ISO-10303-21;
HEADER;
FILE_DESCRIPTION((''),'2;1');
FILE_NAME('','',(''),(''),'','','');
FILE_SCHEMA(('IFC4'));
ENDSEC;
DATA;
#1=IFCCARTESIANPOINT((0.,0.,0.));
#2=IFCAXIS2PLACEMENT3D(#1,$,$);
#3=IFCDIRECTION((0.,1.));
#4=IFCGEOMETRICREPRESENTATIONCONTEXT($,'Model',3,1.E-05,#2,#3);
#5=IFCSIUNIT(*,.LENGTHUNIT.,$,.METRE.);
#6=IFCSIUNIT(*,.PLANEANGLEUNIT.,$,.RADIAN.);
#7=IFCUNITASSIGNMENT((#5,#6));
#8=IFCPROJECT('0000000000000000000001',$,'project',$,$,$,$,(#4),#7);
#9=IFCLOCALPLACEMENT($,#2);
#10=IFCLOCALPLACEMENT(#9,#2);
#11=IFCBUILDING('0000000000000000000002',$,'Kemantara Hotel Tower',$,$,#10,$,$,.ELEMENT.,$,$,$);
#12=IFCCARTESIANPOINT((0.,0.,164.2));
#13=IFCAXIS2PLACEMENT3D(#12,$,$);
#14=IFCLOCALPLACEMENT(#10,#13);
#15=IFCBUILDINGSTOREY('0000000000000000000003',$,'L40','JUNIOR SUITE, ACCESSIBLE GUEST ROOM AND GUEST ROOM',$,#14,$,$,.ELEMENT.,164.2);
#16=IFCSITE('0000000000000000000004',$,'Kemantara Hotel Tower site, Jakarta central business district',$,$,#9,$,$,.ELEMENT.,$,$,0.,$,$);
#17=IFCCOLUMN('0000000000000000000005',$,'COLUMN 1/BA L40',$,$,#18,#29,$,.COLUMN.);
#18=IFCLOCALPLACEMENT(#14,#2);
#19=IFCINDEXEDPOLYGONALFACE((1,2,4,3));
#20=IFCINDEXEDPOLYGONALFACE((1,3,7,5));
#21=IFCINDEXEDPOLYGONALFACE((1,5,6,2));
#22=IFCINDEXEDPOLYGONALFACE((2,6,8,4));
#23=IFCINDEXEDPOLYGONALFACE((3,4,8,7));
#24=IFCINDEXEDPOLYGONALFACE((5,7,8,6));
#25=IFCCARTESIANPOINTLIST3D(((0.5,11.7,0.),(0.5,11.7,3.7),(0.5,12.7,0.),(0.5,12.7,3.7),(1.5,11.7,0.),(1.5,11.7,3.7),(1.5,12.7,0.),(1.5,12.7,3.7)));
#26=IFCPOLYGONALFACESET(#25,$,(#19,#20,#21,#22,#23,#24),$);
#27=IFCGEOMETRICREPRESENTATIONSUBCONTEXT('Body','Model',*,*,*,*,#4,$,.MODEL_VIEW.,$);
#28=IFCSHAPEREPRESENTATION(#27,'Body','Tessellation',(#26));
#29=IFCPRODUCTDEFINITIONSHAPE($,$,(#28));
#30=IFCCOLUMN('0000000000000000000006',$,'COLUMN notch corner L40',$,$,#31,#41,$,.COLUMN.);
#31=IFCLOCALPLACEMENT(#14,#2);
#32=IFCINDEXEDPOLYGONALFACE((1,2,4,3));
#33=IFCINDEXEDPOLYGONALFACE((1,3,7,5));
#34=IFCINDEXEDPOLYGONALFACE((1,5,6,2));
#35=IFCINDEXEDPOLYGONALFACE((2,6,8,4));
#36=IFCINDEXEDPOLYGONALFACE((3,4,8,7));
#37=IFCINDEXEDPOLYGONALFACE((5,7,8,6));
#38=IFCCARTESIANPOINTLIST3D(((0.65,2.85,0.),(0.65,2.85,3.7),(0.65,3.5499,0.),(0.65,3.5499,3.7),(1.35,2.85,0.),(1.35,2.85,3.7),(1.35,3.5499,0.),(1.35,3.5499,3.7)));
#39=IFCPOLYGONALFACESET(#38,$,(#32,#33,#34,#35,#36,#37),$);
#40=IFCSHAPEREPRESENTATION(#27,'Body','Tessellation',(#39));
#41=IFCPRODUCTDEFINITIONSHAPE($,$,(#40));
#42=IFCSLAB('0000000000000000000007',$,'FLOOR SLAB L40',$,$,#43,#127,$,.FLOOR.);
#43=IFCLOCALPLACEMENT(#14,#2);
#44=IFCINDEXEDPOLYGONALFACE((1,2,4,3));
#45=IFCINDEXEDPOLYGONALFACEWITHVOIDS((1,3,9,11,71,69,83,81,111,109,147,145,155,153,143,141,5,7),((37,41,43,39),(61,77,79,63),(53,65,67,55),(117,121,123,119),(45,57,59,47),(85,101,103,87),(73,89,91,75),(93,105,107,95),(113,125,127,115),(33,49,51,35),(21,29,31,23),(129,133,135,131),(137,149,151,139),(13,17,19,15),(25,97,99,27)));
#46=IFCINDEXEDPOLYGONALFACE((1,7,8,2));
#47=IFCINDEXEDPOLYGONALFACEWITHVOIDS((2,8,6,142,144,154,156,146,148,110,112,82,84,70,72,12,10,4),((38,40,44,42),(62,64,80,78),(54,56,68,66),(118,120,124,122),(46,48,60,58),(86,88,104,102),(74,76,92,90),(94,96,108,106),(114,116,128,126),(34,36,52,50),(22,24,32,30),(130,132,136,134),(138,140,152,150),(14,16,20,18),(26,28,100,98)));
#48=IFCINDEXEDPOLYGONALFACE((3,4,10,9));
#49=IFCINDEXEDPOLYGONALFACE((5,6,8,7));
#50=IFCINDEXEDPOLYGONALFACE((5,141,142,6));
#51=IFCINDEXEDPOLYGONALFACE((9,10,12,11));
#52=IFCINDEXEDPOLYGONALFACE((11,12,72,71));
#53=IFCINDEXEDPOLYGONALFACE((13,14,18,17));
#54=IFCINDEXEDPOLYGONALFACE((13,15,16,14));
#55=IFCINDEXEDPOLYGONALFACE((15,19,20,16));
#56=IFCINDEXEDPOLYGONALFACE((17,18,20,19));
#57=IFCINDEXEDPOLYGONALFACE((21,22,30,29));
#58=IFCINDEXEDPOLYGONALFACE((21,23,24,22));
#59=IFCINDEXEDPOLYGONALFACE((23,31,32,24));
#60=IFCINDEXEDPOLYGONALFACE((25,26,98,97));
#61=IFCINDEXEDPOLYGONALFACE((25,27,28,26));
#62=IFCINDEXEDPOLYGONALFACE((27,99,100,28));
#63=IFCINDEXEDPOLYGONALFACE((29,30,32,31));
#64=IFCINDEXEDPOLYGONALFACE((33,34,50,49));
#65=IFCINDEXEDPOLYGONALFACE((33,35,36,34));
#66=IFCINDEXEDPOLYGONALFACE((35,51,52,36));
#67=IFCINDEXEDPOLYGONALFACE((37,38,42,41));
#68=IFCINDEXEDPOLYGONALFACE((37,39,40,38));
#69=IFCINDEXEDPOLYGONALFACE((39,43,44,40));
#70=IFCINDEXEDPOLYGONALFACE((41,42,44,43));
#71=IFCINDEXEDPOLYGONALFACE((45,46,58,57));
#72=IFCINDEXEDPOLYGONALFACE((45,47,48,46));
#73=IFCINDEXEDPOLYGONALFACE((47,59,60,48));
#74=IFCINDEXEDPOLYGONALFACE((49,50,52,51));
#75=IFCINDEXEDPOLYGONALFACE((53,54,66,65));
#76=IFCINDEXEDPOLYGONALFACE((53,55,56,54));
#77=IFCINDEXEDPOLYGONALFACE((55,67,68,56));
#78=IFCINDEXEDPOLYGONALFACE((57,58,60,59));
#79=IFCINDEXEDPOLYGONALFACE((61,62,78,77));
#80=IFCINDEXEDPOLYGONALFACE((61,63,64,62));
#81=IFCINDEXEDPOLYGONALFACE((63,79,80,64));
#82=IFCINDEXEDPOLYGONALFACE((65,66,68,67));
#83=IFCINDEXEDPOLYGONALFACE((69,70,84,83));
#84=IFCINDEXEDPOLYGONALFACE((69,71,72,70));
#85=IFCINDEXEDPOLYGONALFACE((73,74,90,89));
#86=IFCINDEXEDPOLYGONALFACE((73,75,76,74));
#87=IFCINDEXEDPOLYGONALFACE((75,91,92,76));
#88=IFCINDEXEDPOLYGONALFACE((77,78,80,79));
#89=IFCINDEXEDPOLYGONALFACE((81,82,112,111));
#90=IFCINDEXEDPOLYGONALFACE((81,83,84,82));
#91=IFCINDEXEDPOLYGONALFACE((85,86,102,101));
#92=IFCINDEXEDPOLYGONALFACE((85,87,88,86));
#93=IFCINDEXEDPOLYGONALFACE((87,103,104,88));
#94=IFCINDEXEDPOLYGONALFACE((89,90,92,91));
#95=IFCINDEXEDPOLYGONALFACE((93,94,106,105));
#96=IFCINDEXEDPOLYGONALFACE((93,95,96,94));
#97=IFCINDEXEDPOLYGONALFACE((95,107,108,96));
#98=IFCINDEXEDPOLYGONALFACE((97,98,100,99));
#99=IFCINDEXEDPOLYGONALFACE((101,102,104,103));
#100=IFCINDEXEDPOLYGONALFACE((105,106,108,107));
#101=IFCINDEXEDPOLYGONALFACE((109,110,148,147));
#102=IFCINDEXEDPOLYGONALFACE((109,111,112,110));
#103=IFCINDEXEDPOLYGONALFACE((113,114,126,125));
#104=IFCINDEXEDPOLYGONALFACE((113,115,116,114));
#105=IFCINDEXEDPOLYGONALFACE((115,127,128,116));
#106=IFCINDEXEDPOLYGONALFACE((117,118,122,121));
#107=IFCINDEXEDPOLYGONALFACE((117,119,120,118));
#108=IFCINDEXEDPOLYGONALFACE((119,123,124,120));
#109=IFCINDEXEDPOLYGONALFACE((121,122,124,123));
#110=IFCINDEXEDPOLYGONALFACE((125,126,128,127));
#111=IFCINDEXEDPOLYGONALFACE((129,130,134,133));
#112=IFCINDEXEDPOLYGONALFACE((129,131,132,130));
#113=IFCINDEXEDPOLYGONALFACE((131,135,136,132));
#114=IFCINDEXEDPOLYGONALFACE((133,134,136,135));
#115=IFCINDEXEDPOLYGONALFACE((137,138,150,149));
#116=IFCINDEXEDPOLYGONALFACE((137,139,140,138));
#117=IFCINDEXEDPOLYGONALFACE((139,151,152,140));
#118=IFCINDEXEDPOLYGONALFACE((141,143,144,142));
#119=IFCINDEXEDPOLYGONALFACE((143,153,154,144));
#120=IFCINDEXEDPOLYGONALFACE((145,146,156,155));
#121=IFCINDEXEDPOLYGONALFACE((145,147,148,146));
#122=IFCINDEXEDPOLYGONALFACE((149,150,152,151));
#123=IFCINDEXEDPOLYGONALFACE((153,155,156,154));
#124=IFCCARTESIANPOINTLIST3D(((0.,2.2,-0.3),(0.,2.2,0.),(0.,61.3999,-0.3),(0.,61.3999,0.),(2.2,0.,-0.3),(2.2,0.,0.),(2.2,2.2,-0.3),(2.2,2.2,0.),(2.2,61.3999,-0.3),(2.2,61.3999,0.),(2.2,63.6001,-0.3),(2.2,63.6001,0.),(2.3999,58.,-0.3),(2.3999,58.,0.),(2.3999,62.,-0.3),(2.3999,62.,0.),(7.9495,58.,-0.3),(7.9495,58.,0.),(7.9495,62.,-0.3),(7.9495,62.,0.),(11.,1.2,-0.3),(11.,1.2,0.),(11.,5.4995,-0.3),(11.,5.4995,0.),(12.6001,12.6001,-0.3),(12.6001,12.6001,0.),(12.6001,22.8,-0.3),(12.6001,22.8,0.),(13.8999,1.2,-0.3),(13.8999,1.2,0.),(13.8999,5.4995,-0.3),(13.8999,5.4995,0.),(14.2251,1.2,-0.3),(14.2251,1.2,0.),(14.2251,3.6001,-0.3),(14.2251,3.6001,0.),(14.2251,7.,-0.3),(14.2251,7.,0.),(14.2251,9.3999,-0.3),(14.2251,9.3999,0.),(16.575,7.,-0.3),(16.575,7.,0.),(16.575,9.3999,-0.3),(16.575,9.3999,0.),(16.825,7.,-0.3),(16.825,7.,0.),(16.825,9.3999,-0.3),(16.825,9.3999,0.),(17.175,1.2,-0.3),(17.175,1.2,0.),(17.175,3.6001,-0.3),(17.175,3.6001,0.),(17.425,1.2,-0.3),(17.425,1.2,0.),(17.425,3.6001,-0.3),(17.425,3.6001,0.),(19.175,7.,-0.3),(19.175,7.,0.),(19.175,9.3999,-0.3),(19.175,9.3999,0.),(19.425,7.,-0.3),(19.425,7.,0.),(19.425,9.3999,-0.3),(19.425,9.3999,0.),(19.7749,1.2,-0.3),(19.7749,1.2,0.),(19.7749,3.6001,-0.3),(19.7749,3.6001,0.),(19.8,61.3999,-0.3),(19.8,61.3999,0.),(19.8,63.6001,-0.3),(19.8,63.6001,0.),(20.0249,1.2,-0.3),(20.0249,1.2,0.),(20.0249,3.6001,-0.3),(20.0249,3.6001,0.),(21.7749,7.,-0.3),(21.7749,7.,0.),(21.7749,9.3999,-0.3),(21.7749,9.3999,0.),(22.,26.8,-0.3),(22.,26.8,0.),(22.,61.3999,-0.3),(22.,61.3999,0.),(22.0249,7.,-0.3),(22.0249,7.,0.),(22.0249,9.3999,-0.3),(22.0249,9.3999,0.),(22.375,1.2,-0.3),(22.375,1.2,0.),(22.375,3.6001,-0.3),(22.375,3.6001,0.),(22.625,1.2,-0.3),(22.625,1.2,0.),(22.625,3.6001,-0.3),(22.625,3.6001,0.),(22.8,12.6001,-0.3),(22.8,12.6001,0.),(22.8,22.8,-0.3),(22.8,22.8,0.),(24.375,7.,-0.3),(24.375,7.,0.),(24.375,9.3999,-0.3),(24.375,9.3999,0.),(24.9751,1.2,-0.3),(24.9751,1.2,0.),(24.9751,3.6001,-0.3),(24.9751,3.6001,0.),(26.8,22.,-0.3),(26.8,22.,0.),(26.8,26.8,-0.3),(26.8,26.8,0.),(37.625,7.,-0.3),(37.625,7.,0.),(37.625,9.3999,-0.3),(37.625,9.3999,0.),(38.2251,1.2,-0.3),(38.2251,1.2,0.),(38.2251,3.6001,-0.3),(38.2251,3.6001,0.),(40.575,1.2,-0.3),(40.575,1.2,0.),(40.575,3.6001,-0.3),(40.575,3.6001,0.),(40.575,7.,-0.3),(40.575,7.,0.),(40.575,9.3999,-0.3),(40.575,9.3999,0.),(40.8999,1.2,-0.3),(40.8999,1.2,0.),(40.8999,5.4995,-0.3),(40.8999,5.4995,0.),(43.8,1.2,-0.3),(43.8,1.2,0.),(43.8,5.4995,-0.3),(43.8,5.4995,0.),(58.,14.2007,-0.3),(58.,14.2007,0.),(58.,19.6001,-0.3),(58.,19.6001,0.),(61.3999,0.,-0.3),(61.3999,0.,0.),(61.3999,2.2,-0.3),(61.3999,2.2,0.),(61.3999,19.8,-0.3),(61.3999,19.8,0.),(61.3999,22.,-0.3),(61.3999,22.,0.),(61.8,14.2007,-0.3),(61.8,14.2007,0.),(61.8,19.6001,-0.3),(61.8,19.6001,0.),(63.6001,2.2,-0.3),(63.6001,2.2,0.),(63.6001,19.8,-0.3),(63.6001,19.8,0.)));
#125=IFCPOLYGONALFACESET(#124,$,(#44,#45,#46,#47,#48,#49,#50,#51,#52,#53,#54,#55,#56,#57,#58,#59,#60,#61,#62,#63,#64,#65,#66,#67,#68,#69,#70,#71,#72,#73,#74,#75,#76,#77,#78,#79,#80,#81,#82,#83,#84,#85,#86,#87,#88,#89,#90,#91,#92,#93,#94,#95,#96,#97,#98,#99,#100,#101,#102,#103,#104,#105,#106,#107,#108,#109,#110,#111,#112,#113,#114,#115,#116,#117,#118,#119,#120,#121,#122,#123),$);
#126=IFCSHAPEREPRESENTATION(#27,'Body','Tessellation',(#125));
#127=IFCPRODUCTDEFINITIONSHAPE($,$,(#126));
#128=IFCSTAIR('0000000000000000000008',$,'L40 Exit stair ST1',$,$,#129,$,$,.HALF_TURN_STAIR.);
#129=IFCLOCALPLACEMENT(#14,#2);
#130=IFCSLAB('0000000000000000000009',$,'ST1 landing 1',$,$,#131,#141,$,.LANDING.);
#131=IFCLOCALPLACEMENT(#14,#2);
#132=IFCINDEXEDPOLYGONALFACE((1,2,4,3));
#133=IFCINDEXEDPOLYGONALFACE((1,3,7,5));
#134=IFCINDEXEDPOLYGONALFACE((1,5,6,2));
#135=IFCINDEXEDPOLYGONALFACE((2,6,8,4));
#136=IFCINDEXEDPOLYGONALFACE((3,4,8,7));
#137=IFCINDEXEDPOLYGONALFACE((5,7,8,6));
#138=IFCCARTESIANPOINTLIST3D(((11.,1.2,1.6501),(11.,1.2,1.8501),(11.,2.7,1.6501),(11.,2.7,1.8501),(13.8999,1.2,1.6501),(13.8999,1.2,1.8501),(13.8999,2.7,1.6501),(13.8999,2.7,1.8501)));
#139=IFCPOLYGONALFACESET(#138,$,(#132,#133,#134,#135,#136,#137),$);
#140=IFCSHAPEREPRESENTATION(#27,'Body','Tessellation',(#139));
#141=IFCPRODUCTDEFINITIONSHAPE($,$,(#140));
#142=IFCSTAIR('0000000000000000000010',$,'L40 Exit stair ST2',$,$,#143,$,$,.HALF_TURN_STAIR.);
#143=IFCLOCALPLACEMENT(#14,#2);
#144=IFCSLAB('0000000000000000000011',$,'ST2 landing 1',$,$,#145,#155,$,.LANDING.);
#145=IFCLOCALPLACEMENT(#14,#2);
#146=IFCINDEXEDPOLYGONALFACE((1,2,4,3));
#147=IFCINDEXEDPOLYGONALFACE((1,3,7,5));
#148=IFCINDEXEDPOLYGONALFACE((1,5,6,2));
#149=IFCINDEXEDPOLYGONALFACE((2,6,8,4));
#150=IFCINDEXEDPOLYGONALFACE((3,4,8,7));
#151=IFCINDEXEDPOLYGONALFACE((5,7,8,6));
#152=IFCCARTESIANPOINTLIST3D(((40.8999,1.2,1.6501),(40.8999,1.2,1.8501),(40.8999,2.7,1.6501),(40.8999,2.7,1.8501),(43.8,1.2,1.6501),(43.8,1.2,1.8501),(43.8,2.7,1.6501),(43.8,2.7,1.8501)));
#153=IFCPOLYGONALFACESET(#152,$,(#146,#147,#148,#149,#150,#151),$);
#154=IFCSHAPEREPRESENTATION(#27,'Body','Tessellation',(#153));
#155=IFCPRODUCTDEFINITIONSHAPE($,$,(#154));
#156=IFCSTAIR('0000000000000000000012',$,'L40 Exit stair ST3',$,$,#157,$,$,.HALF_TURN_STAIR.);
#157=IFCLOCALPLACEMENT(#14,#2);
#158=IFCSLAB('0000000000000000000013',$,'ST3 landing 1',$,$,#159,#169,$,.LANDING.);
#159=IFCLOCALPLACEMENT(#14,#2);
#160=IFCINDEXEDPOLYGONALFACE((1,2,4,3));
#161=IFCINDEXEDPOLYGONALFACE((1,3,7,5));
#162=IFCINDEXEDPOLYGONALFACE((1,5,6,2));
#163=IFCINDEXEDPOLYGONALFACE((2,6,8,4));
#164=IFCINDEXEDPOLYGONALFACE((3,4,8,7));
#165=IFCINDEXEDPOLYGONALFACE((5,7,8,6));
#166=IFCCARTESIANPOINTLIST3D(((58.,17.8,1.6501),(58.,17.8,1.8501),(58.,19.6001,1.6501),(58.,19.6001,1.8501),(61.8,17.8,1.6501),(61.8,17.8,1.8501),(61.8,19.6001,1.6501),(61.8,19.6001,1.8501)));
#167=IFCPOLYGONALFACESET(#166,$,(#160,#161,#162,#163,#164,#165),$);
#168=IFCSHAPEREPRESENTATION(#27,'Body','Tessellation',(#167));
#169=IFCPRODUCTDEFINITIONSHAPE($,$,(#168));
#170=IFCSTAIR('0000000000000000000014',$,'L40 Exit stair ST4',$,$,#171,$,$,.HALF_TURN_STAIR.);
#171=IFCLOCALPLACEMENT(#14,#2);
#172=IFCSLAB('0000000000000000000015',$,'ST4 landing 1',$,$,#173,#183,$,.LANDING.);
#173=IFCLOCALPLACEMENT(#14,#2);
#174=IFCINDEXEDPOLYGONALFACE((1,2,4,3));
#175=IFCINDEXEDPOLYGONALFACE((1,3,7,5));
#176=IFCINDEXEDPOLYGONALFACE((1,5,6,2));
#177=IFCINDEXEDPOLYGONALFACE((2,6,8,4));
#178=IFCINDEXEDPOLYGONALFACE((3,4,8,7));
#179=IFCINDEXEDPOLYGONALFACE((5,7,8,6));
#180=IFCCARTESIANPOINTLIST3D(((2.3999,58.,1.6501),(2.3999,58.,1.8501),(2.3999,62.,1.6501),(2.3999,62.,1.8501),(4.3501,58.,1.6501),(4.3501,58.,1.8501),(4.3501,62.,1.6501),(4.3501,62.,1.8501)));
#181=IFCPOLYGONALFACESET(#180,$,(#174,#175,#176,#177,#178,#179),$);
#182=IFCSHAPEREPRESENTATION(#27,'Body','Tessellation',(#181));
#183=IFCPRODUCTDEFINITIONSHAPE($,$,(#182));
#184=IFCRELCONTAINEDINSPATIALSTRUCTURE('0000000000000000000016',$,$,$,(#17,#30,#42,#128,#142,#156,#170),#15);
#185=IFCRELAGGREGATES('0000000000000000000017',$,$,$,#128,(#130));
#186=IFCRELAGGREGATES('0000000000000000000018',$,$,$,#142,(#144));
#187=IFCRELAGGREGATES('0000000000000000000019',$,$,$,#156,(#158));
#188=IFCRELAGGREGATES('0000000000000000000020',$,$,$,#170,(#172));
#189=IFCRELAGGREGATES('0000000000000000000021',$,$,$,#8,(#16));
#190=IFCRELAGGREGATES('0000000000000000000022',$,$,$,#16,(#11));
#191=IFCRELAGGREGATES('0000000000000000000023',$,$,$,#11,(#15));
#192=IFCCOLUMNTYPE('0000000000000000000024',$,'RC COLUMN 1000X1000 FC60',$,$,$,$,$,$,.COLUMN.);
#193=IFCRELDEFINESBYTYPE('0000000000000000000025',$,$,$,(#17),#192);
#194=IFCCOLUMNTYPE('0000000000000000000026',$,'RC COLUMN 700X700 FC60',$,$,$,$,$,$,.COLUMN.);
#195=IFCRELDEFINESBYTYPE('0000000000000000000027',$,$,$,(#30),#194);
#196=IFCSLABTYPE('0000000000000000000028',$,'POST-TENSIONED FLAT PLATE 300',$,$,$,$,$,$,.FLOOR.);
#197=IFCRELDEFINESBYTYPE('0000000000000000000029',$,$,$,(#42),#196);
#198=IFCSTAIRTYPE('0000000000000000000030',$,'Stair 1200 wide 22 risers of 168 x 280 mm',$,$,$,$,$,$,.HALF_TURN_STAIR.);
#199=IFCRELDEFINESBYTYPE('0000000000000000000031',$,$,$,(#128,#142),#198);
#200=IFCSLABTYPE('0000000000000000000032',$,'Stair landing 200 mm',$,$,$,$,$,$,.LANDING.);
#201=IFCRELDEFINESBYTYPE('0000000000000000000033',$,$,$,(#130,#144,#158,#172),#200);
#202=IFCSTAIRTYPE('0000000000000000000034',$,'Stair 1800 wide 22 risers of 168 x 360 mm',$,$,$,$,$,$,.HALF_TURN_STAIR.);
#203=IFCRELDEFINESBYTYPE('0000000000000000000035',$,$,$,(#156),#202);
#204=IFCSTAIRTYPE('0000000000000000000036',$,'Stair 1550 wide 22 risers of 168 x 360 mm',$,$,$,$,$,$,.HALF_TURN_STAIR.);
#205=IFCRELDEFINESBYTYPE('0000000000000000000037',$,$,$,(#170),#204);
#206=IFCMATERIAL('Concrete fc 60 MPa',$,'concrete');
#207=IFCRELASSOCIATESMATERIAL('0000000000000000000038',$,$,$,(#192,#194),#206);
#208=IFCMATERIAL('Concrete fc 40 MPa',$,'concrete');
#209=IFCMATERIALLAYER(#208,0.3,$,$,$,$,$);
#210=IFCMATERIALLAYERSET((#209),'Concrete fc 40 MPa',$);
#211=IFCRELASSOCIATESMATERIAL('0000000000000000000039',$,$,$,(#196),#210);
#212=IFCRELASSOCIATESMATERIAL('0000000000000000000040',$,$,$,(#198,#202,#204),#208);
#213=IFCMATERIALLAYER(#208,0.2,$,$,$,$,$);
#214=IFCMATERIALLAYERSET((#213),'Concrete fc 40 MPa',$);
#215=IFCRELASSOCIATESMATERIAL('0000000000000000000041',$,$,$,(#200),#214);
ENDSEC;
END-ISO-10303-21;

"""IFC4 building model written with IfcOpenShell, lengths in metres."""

from ifc_helpers import new_model, si_unit, direction, frame, origin, origin_2d, place, context, subcontext, project, spatial, polyline, rectangle, outline, extrude, material, layer, layer_set, material_profile, profile_set, type_object, element, aggregate, save


model = new_model("IFC4")

# Units and contexts
model_context = context("Model", 3, precision=1e-05, world=origin(), true_north=direction((0.0, 1.0)))
body_context = subcontext(model_context, "Body", "Model", "MODEL_VIEW")
ifc_project = project(units=[si_unit("LENGTHUNIT", "METRE"), si_unit("PLANEANGLEUNIT", "RADIAN")], contexts=[model_context])

# Site, building, storey
site_placement = place(None, origin())
site = spatial("IfcSite", under=ifc_project, at=site_placement, Name="Kemantara Hotel Tower site, Jakarta central business district", CompositionType="ELEMENT", RefElevation=0.0)
building_placement = place(site_placement, origin())
building = spatial("IfcBuilding", under=site, at=building_placement, Name="Kemantara Hotel Tower", CompositionType="ELEMENT")
storey_placement = place(building_placement, frame((0.0, 0.0, 164.2)))
storey = spatial("IfcBuildingStorey", under=building, at=storey_placement, Name="L40", Description="JUNIOR SUITE, ACCESSIBLE GUEST ROOM AND GUEST ROOM", CompositionType="ELEMENT", Elevation=164.2)

# Columns
ifc_material_1 = material(Name="Concrete fc 60 MPa", Category="concrete")
ifc_material_profile_1 = material_profile(ifc_material_1, rectangle(XDim=1.0, YDim=1.0, at=origin_2d()), Name="RC 1000X1000")
ifc_profile_set_1 = profile_set([ifc_material_profile_1], Name="Concrete fc 60 MPa")
column_type_1 = type_object("IfcColumnType", Name="RC COLUMN 1000X1000 FC60", PredefinedType="COLUMN", material=ifc_profile_set_1)
column_1_placement = place(storey_placement, frame((1.0, 12.2, 0.0), z_axis=(0.0, 0.0, 1.0), x_axis=(1.0, 0.0, 0.0)))
element("IfcColumn", 1, at=column_1_placement, inside=storey, type_object=column_type_1, Name="COLUMN 1/BA L40", PredefinedType="COLUMN", context=body_context, shape_type="SweptSolid", body=[
    extrude(rectangle(XDim=1.0, YDim=1.0, at=origin_2d()), origin(), (0.0, 0.0, 1.0), 3.7),
])
ifc_material_profile_2 = material_profile(ifc_material_1, rectangle(XDim=0.7, YDim=0.7, at=origin_2d()), Name="RC 700X700")
ifc_profile_set_2 = profile_set([ifc_material_profile_2], Name="Concrete fc 60 MPa")
column_type_2 = type_object("IfcColumnType", Name="RC COLUMN 700X700 FC60", PredefinedType="COLUMN", material=ifc_profile_set_2)
column_2_placement = place(storey_placement, frame((1.0, 3.2, 0.0), z_axis=(0.0, 0.0, 1.0), x_axis=(1.0, 0.0, 0.0)))
element("IfcColumn", 2, at=column_2_placement, inside=storey, type_object=column_type_2, Name="COLUMN notch corner L40", PredefinedType="COLUMN", context=body_context, shape_type="SweptSolid", body=[
    extrude(rectangle(XDim=0.7, YDim=0.7, at=origin_2d()), origin(), (0.0, 0.0, 1.0), 3.7),
])

# Slab
ifc_material_2 = material(Name="Concrete fc 40 MPa", Category="concrete")
ifc_layer_1 = layer(ifc_material_2, 0.3)
ifc_layer_set_1 = layer_set([ifc_layer_1], Name="Concrete fc 40 MPa")
slab_type_1 = type_object("IfcSlabType", Name="POST-TENSIONED FLAT PLATE 300", PredefinedType="FLOOR", material=ifc_layer_set_1)
slab_1_placement = place(storey_placement, frame((0.0, 0.0, -0.3)))
element("IfcSlab", 3, at=slab_1_placement, inside=storey, type_object=slab_type_1, Name="FLOOR SLAB L40", PredefinedType="FLOOR", context=body_context, shape_type="SweptSolid", body=[
    extrude(outline(polyline([(22.0, 26.8), (22.0, 61.3999), (19.8, 61.3999), (19.8, 63.6001), (2.2, 63.6001), (2.2, 61.3999), (0.0, 61.3999), (0.0, 2.2), (2.2, 2.2), (2.2, 0.0), (61.3999, 0.0), (61.3999, 2.2), (63.6001, 2.2), (63.6001, 19.8), (61.3999, 19.8), (61.3999, 22.0), (26.8, 22.0), (26.8, 26.8), (22.0, 26.8)]), holes=[polyline([(17.175, 3.6001), (17.175, 1.2), (14.2251, 1.2), (14.2251, 3.6001), (17.175, 3.6001)]), polyline([(19.7749, 1.2), (17.425, 1.2), (17.425, 3.6001), (19.7749, 3.6001), (19.7749, 1.2)]), polyline([(11.0, 1.2), (11.0, 5.4995), (13.8999, 5.4995), (13.8999, 1.2), (11.0, 1.2)]), polyline([(16.575, 7.0), (14.2251, 7.0), (14.2251, 9.3999), (16.575, 9.3999), (16.575, 7.0)]), polyline([(19.175, 7.0), (16.825, 7.0), (16.825, 9.3999), (19.175, 9.3999), (19.175, 7.0)]), polyline([(21.7749, 7.0), (19.425, 7.0), (19.425, 9.3999), (21.7749, 9.3999), (21.7749, 7.0)]), polyline([(22.8, 12.6001), (12.6001, 12.6001), (12.6001, 22.8), (22.8, 22.8), (22.8, 12.6001)]), polyline([(2.3999, 62.0), (7.9495, 62.0), (7.9495, 58.0), (2.3999, 58.0), (2.3999, 62.0)]), polyline([(22.375, 1.2), (20.0249, 1.2), (20.0249, 3.6001), (22.375, 3.6001), (22.375, 1.2)]), polyline([(24.9751, 1.2), (22.625, 1.2), (22.625, 3.6001), (24.9751, 3.6001), (24.9751, 1.2)]), polyline([(40.575, 1.2), (38.2251, 1.2), (38.2251, 3.6001), (40.575, 3.6001), (40.575, 1.2)]), polyline([(40.8999, 1.2), (40.8999, 5.4995), (43.8, 5.4995), (43.8, 1.2), (40.8999, 1.2)]), polyline([(24.375, 7.0), (22.0249, 7.0), (22.0249, 9.3999), (24.375, 9.3999), (24.375, 7.0)]), polyline([(40.575, 7.0), (37.625, 7.0), (37.625, 9.3999), (40.575, 9.3999), (40.575, 7.0)]), polyline([(61.8, 19.6001), (61.8, 14.2007), (58.0, 14.2007), (58.0, 19.6001), (61.8, 19.6001)])]), origin(), (0.0, 0.0, 1.0), 0.3),
])

# Stairs, slabs
stair_type_1 = type_object("IfcStairType", Name="Stair 1200 wide 22 risers of 168 x 280 mm", PredefinedType="HALF_TURN_STAIR", material=ifc_material_2)
stair_1_placement = place(storey_placement, origin())
stair_1 = element("IfcStair", 4, at=stair_1_placement, inside=storey, type_object=stair_type_1, Name="L40 Exit stair ST1", PredefinedType="HALF_TURN_STAIR")
ifc_layer_2 = layer(ifc_material_2, 0.2)
ifc_layer_set_2 = layer_set([ifc_layer_2], Name="Concrete fc 40 MPa")
slab_type_2 = type_object("IfcSlabType", Name="Stair landing 200 mm", PredefinedType="LANDING", material=ifc_layer_set_2)
slab_2_placement = place(storey_placement, frame((0.0, 0.0, 1.6501)))
slab_2 = element("IfcSlab", 5, at=slab_2_placement, type_object=slab_type_2, Name="ST1 landing 1", PredefinedType="LANDING", context=body_context, shape_type="SweptSolid", body=[
    extrude(outline(polyline([(11.0, 2.7), (11.0, 1.2), (13.8999, 1.2), (13.8999, 2.7), (11.0, 2.7)])), origin(), (0.0, 0.0, 1.0), 0.2),
])
aggregate(stair_1, [slab_2])
stair_2_placement = place(storey_placement, origin())
stair_2 = element("IfcStair", 6, at=stair_2_placement, inside=storey, type_object=stair_type_1, Name="L40 Exit stair ST2", PredefinedType="HALF_TURN_STAIR")
slab_3_placement = place(storey_placement, frame((0.0, 0.0, 1.6501)))
slab_3 = element("IfcSlab", 7, at=slab_3_placement, type_object=slab_type_2, Name="ST2 landing 1", PredefinedType="LANDING", context=body_context, shape_type="SweptSolid", body=[
    extrude(outline(polyline([(40.8999, 2.7), (40.8999, 1.2), (43.8, 1.2), (43.8, 2.7), (40.8999, 2.7)])), origin(), (0.0, 0.0, 1.0), 0.2),
])
aggregate(stair_2, [slab_3])
stair_type_2 = type_object("IfcStairType", Name="Stair 1800 wide 22 risers of 168 x 360 mm", PredefinedType="HALF_TURN_STAIR", material=ifc_material_2)
stair_3_placement = place(storey_placement, origin())
stair_3 = element("IfcStair", 8, at=stair_3_placement, inside=storey, type_object=stair_type_2, Name="L40 Exit stair ST3", PredefinedType="HALF_TURN_STAIR")
slab_4_placement = place(storey_placement, frame((0.0, 0.0, 1.6501)))
slab_4 = element("IfcSlab", 9, at=slab_4_placement, type_object=slab_type_2, Name="ST3 landing 1", PredefinedType="LANDING", context=body_context, shape_type="SweptSolid", body=[
    extrude(outline(polyline([(61.8, 17.8), (61.8, 19.6001), (58.0, 19.6001), (58.0, 17.8), (61.8, 17.8)])), origin(), (0.0, 0.0, 1.0), 0.2),
])
aggregate(stair_3, [slab_4])
stair_type_3 = type_object("IfcStairType", Name="Stair 1550 wide 22 risers of 168 x 360 mm", PredefinedType="HALF_TURN_STAIR", material=ifc_material_2)
stair_4_placement = place(storey_placement, origin())
stair_4 = element("IfcStair", 10, at=stair_4_placement, inside=storey, type_object=stair_type_3, Name="L40 Exit stair ST4", PredefinedType="HALF_TURN_STAIR")
slab_5_placement = place(storey_placement, frame((0.0, 0.0, 1.6501)))
slab_5 = element("IfcSlab", 11, at=slab_5_placement, type_object=slab_type_2, Name="ST4 landing 1", PredefinedType="LANDING", context=body_context, shape_type="SweptSolid", body=[
    extrude(outline(polyline([(4.3501, 62.0), (2.3999, 62.0), (2.3999, 58.0), (4.3501, 58.0), (4.3501, 62.0)])), origin(), (0.0, 0.0, 1.0), 0.2),
])
aggregate(stair_4, [slab_5])

save(model, "model.ifc")
